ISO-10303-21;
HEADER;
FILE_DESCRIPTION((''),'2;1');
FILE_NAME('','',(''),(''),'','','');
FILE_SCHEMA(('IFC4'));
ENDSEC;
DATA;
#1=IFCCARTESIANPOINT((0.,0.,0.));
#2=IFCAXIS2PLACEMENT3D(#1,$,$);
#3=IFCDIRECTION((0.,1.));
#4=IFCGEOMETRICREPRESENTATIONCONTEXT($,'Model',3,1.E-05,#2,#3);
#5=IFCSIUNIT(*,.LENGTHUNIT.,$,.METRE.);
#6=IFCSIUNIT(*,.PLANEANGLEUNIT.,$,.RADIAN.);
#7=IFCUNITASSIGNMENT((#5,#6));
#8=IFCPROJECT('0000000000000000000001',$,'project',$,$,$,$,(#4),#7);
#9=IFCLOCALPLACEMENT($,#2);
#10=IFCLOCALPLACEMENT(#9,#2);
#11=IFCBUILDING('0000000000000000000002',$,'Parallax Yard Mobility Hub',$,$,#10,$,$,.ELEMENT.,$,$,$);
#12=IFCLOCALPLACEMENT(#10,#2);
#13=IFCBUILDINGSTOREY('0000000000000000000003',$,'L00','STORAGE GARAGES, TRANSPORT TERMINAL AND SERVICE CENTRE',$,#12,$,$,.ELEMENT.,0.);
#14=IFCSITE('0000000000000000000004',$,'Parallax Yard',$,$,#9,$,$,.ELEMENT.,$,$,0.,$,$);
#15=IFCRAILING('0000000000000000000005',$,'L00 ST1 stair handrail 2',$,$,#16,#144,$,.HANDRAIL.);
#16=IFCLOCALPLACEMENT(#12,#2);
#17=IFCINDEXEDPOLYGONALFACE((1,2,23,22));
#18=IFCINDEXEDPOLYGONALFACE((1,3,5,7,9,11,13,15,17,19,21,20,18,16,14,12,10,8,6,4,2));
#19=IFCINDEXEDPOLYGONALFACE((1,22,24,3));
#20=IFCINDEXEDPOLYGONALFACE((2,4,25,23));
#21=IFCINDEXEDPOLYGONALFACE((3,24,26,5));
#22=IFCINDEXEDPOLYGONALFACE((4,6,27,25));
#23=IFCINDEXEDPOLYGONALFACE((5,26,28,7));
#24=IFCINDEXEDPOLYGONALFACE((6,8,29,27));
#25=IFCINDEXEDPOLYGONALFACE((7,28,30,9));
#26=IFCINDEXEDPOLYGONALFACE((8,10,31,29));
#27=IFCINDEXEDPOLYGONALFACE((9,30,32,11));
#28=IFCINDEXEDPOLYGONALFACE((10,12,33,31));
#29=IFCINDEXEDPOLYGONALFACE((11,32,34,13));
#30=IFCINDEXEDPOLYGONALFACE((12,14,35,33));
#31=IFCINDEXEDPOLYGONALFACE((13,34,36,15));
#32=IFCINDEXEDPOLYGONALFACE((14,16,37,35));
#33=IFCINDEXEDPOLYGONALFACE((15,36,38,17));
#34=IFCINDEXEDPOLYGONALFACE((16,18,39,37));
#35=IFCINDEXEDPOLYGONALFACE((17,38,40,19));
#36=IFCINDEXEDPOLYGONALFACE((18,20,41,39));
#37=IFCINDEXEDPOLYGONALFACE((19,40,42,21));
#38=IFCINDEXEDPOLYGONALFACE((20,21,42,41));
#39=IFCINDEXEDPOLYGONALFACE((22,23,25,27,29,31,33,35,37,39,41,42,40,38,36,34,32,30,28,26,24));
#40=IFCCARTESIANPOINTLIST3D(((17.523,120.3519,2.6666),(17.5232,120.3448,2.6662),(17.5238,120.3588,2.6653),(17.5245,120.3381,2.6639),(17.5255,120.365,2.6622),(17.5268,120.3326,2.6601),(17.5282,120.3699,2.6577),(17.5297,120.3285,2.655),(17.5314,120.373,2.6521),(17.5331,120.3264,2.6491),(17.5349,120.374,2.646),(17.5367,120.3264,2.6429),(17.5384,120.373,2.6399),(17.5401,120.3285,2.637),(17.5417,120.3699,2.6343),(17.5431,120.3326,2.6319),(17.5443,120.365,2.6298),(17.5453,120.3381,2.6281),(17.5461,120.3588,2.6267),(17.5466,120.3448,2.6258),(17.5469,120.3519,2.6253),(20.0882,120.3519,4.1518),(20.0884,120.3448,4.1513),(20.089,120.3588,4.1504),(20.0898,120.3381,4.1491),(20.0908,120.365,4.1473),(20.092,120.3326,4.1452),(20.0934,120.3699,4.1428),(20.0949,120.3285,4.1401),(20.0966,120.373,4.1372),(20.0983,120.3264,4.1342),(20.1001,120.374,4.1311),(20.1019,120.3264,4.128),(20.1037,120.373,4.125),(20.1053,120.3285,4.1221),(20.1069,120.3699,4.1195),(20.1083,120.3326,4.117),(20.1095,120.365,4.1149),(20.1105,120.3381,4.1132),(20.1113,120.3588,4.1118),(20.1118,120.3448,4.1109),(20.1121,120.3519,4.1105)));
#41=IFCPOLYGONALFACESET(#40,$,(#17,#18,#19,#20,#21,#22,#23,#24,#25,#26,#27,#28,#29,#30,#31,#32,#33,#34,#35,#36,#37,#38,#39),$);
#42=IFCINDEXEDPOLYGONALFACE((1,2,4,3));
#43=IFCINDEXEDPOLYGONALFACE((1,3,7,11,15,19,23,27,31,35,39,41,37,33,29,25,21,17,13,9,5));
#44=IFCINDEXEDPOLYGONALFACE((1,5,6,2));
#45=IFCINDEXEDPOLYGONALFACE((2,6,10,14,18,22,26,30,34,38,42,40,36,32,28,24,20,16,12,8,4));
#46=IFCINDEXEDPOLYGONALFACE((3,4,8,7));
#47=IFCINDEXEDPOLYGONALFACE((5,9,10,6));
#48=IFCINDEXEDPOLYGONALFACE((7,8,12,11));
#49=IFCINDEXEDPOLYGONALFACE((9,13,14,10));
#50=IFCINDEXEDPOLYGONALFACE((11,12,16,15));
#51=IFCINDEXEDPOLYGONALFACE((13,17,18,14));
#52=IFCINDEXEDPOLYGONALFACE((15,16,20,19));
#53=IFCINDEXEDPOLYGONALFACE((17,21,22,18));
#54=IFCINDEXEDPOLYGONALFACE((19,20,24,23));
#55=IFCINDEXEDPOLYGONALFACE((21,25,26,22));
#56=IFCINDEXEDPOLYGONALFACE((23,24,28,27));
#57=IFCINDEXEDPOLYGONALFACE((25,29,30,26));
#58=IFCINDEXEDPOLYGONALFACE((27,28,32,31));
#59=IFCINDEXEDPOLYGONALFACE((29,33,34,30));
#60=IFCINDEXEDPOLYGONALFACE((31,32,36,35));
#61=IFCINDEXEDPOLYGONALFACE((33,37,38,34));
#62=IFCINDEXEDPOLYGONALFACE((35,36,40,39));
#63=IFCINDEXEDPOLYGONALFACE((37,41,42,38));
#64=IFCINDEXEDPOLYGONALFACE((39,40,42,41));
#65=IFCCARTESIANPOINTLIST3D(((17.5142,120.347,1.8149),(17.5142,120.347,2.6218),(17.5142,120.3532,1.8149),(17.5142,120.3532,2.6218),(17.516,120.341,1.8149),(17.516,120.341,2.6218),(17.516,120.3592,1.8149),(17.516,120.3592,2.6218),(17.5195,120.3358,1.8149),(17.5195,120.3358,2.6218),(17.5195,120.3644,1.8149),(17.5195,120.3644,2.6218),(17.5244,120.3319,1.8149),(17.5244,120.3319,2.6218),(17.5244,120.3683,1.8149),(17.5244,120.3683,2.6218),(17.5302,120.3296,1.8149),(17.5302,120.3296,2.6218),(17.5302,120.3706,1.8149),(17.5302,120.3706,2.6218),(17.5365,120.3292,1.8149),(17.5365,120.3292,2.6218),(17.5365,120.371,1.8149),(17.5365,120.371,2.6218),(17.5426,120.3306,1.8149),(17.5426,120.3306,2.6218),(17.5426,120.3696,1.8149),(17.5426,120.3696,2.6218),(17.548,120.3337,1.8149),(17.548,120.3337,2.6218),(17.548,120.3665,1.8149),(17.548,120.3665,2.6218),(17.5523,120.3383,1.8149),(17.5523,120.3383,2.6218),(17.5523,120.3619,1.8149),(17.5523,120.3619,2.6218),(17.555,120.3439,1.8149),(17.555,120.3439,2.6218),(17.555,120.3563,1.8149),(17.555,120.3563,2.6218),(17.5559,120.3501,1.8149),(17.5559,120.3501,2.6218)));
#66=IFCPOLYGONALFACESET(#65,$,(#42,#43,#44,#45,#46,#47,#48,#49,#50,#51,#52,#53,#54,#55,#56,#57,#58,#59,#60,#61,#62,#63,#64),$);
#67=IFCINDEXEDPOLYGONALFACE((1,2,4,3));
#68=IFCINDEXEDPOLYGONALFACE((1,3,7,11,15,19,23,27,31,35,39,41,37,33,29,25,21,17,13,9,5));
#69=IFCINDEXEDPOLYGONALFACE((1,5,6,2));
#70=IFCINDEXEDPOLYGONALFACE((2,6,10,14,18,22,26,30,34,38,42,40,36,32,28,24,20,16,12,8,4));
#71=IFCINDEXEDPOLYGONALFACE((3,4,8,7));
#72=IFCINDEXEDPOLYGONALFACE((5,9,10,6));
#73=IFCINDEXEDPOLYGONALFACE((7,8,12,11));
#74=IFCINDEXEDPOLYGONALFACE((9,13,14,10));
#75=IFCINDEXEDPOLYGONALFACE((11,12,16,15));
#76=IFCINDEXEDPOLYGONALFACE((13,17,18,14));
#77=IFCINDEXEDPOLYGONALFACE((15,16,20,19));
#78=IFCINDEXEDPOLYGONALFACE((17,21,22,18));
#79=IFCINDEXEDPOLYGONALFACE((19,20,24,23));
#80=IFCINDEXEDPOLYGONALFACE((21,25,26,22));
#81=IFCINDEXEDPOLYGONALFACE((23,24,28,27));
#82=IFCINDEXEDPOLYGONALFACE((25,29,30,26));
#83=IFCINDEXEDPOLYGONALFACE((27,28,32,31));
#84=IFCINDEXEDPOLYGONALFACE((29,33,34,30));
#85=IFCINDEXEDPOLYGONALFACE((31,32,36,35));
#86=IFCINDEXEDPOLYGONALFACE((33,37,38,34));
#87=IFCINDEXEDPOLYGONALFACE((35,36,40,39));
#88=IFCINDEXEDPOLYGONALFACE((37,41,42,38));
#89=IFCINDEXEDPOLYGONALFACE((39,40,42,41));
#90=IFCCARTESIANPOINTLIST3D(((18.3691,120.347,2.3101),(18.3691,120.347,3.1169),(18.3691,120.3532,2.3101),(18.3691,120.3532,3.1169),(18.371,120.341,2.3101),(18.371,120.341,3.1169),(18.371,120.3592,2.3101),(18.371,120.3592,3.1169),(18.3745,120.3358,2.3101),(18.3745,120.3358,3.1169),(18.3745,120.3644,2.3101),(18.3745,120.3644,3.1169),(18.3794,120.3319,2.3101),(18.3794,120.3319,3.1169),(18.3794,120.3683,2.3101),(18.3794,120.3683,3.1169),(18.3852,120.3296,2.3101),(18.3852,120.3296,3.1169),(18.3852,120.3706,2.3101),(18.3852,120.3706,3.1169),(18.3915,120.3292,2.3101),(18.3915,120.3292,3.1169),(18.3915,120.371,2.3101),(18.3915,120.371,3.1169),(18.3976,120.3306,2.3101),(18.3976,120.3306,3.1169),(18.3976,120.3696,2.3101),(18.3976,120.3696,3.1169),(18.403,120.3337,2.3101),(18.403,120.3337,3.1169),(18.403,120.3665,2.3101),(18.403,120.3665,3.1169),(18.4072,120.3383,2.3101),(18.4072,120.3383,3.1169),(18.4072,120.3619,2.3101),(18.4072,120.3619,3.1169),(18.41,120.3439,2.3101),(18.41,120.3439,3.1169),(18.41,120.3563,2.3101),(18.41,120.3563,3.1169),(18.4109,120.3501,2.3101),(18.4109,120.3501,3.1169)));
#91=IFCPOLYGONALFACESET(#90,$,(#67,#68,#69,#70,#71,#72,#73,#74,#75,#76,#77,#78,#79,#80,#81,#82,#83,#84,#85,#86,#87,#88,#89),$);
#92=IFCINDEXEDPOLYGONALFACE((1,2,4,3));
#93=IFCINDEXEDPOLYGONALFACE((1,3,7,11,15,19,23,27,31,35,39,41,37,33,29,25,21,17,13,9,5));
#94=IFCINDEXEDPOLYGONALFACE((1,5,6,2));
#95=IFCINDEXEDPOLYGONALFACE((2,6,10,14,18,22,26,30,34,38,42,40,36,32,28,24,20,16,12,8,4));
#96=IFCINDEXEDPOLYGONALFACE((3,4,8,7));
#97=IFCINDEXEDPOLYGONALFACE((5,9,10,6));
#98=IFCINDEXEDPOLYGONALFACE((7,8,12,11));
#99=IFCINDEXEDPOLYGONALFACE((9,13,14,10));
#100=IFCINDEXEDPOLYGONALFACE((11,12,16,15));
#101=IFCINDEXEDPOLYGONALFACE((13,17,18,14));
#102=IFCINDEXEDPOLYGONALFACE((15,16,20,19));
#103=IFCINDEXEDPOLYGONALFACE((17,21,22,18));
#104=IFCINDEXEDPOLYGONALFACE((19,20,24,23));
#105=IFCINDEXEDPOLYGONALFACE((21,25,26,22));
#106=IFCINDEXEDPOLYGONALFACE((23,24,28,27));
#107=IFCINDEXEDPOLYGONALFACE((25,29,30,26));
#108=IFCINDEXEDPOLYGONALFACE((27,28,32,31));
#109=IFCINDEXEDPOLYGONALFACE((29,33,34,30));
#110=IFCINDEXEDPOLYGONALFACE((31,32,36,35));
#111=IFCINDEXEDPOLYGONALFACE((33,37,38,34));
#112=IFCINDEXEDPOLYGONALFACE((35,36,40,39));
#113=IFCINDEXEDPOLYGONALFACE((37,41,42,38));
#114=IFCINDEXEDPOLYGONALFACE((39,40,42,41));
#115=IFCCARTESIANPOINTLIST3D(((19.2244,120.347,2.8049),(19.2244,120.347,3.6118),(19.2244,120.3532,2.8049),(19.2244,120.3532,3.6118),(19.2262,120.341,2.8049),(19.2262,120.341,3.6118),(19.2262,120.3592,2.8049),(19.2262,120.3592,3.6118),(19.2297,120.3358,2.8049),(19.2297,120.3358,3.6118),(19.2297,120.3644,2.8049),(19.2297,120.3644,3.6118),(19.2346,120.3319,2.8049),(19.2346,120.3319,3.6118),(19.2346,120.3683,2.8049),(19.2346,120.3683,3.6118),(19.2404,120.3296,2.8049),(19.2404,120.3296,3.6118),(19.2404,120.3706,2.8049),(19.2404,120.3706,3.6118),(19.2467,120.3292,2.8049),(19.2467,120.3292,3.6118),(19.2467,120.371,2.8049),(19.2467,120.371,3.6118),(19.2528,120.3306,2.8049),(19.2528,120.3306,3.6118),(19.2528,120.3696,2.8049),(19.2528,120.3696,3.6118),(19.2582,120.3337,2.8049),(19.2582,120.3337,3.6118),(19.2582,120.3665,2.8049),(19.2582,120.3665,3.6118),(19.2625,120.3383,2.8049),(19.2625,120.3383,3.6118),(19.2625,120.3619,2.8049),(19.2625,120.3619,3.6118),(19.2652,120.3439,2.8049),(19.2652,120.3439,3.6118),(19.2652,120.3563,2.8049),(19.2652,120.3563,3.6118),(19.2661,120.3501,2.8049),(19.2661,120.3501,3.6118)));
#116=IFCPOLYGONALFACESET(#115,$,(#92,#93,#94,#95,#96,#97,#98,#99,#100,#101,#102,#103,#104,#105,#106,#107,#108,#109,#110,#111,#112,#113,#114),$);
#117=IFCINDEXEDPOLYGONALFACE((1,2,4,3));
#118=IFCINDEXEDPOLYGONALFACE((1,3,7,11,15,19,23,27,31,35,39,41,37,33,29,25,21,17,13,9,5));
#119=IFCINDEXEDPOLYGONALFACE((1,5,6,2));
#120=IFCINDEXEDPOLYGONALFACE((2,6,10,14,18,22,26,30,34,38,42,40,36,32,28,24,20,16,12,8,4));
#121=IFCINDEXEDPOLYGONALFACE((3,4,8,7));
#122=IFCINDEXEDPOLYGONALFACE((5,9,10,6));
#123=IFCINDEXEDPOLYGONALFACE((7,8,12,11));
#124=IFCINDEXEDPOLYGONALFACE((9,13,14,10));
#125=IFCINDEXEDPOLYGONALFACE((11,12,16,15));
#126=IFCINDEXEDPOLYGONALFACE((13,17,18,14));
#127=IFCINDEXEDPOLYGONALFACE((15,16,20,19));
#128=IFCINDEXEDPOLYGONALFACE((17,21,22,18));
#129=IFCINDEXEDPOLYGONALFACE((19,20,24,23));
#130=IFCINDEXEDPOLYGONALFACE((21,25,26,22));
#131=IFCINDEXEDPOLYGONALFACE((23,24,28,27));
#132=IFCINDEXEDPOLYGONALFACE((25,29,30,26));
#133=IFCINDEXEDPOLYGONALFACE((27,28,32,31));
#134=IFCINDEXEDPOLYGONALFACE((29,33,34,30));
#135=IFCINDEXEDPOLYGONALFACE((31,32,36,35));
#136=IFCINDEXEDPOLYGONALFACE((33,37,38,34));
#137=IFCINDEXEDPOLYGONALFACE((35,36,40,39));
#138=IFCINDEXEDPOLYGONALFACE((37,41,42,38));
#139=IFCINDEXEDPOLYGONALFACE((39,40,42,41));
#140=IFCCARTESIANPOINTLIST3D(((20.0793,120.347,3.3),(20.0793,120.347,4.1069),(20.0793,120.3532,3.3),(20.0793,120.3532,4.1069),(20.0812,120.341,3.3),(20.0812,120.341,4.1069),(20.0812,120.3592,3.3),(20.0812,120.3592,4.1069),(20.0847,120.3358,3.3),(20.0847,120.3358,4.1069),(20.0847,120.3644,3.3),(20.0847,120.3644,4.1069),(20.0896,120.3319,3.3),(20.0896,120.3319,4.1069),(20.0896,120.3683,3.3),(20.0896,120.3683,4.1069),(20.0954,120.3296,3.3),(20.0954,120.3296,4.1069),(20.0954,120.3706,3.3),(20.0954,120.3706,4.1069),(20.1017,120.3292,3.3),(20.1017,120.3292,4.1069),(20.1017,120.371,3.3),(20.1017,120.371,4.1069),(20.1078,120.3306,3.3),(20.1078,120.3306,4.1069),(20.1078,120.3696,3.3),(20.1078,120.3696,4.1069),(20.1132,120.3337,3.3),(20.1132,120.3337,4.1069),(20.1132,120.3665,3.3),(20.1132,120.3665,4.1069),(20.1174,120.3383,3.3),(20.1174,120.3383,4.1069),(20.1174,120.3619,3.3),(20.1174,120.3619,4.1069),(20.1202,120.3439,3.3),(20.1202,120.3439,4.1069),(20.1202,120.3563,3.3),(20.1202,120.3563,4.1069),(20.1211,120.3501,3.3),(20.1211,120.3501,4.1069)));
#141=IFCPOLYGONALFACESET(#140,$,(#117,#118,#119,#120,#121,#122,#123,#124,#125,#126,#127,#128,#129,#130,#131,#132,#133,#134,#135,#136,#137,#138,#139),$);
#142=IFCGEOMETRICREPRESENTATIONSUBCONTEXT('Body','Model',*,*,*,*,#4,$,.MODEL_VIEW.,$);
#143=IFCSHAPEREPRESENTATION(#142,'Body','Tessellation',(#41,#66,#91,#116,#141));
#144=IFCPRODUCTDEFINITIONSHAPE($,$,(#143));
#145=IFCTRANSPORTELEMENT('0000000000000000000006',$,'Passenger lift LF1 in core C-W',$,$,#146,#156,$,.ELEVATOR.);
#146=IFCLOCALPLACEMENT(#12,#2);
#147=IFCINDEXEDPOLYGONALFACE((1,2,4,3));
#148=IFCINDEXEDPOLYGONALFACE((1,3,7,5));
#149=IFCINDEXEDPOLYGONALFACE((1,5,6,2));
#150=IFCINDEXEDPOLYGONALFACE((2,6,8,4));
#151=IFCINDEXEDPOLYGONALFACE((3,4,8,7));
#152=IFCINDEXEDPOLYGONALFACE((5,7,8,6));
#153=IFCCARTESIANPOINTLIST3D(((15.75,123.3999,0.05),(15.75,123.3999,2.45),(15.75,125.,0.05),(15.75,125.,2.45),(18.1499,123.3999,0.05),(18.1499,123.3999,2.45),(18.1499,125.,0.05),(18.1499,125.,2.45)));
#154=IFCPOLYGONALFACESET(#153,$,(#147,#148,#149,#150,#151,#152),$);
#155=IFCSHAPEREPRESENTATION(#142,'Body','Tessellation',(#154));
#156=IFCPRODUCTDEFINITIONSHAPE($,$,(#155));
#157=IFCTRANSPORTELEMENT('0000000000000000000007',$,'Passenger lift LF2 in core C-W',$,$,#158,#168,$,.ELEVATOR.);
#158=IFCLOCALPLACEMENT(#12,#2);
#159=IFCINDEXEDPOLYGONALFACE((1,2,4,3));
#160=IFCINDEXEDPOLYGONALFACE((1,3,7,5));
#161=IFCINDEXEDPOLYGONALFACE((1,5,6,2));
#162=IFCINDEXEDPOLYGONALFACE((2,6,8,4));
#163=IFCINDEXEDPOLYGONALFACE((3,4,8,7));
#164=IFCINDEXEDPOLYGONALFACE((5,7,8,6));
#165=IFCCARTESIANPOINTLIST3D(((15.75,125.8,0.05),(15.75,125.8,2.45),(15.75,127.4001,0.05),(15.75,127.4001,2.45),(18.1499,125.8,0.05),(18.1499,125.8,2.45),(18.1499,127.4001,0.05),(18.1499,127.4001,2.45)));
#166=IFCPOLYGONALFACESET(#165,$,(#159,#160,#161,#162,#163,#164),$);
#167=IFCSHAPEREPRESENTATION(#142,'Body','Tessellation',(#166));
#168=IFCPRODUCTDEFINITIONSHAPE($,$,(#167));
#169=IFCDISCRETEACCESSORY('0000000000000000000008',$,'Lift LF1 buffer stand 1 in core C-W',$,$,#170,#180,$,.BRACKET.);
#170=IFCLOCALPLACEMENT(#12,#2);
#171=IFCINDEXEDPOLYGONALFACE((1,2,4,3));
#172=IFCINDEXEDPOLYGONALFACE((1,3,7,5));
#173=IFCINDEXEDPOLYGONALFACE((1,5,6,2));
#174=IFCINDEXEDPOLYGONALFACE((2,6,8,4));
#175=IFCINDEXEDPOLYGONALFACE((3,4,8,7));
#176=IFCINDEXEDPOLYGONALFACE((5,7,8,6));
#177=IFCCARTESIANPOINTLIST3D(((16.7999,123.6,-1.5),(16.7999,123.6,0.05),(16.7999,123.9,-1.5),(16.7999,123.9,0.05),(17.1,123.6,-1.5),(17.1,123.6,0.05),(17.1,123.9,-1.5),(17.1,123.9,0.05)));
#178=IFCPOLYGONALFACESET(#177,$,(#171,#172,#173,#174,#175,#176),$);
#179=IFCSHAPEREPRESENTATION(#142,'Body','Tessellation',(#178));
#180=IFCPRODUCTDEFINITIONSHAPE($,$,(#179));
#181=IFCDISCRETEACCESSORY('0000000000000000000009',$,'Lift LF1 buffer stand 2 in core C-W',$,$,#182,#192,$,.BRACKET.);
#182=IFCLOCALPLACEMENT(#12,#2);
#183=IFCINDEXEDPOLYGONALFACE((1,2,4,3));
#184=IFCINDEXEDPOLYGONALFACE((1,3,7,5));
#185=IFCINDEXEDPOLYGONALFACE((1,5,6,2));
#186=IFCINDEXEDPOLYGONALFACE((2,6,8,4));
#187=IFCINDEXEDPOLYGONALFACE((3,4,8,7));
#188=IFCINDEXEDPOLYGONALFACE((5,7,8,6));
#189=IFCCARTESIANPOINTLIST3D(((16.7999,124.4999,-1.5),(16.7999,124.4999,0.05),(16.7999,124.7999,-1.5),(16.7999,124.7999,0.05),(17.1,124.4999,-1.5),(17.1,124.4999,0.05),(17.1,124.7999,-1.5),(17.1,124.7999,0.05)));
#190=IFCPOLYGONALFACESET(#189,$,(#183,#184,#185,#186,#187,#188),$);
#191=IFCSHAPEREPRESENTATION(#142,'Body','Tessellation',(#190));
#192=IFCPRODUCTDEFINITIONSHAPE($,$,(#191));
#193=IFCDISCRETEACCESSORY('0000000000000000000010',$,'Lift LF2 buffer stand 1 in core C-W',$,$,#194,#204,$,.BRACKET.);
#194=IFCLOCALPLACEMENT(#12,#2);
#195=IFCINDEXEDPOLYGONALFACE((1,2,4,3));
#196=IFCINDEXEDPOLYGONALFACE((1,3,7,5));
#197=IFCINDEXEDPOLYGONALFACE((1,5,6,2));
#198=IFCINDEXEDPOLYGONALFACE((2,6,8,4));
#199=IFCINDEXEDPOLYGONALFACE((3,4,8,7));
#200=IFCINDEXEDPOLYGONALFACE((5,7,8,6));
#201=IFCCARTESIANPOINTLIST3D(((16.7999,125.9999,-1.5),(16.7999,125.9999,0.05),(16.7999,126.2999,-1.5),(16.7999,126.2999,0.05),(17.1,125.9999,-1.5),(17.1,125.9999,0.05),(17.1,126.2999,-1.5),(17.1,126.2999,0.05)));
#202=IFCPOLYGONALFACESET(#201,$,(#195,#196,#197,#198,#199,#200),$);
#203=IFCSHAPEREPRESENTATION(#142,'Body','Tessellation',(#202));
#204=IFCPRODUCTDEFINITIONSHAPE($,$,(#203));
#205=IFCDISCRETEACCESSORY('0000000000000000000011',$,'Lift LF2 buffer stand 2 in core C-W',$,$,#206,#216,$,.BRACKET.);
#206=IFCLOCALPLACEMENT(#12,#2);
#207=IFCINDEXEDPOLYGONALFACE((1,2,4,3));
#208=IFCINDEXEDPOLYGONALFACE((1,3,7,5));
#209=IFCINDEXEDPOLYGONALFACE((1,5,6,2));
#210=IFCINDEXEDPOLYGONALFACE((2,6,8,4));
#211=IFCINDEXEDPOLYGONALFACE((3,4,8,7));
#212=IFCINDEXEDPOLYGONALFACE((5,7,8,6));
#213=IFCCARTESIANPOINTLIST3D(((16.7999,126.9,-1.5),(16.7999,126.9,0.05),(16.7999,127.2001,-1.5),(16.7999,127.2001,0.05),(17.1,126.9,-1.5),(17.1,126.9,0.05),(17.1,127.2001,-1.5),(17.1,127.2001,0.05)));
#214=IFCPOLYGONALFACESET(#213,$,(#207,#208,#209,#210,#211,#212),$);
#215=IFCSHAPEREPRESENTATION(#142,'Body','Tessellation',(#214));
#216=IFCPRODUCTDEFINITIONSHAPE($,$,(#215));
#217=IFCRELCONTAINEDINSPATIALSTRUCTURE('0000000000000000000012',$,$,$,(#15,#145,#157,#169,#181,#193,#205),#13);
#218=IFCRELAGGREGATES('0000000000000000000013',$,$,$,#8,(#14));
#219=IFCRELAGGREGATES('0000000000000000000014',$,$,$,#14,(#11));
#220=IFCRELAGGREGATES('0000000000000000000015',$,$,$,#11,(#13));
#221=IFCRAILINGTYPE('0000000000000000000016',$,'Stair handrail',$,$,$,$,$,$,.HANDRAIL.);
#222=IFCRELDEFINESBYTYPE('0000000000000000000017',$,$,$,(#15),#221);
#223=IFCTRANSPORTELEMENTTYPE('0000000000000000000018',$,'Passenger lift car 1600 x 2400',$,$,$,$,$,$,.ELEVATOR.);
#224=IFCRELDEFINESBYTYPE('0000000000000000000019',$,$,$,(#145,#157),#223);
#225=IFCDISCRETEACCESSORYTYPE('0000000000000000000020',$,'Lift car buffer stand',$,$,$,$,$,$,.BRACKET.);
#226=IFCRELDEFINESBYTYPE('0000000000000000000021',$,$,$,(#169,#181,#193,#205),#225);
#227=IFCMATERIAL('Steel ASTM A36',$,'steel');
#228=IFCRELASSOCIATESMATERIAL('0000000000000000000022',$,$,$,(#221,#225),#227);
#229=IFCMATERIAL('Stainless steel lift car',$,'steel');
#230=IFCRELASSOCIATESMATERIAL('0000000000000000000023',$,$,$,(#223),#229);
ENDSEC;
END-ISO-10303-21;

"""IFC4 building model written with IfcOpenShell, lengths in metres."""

from ifc_helpers import new_model, si_unit, direction, frame, origin, origin_2d, place, context, subcontext, project, spatial, rectangle, circle, extrude, material, type_object, element, save


model = new_model("IFC4")

# Units and contexts
model_context = context("Model", 3, precision=1e-05, world=origin(), true_north=direction((0.0, 1.0)))
body_context = subcontext(model_context, "Body", "Model", "MODEL_VIEW")
ifc_project = project(units=[si_unit("LENGTHUNIT", "METRE"), si_unit("PLANEANGLEUNIT", "RADIAN")], contexts=[model_context])

# Site, building, storey
site_placement = place(None, origin())
site = spatial("IfcSite", under=ifc_project, at=site_placement, Name="Parallax Yard", CompositionType="ELEMENT", RefElevation=0.0)
building_placement = place(site_placement, origin())
building = spatial("IfcBuilding", under=site, at=building_placement, Name="Parallax Yard Mobility Hub", CompositionType="ELEMENT")
storey_placement = place(building_placement, origin())
storey = spatial("IfcBuildingStorey", under=building, at=storey_placement, Name="L00", Description="STORAGE GARAGES, TRANSPORT TERMINAL AND SERVICE CENTRE", CompositionType="ELEMENT", Elevation=0.0)

# Railing
ifc_material_1 = material(Name="Steel ASTM A36", Category="steel")
railing_type_1 = type_object("IfcRailingType", Name="Stair handrail", PredefinedType="HANDRAIL", material=ifc_material_1)
railing_1_placement = place(storey_placement, frame((17.5349, 120.3501, 1.8149)))
element("IfcRailing", 1, at=railing_1_placement, inside=storey, type_object=railing_type_1, Name="L00 ST1 stair handrail 2", PredefinedType="HANDRAIL", context=body_context, shape_type="SweptSolid", body=[
    extrude(circle(Radius=0.0239, at=origin_2d()), frame((0.0, 0.0, 0.8311), z_axis=(0.865426, 0.0, 0.501036), x_axis=(0.0, 1.0, 0.0)), (0.0, 0.0, 1.0), 2.9641),
    extrude(circle(Radius=0.021, at=origin_2d()), origin(), (0.0, 0.0, 1.0), 0.8069),
    extrude(circle(Radius=0.021, at=origin_2d()), frame((0.855, 0.0, 0.4951)), (0.0, 0.0, 1.0), 0.8069),
    extrude(circle(Radius=0.021, at=origin_2d()), frame((1.7102, 0.0, 0.99)), (0.0, 0.0, 1.0), 0.8069),
    extrude(circle(Radius=0.021, at=origin_2d()), frame((2.5652, 0.0, 1.4851)), (0.0, 0.0, 1.0), 0.8069),
])

# Transport elements
ifc_material_2 = material(Name="Stainless steel lift car", Category="steel")
transport_element_type = type_object("IfcTransportElementType", Name="Passenger lift car 1600 x 2400", PredefinedType="ELEVATOR", material=ifc_material_2)
for number, where, z_axis, x_axis, name in (
    (2, (16.95, 124.2, 0.05), (0.0, 0.0, 1.0), (0.0, 1.0, 0.0), "Passenger lift LF1 in core C-W"),
    (3, (16.95, 126.6001, 0.05), (0.0, 0.0, 1.0), (0.0, 1.0, 0.0), "Passenger lift LF2 in core C-W"),
):
    element("IfcTransportElement", number, at=place(storey_placement, frame(where, z_axis=z_axis, x_axis=x_axis)), inside=storey, type_object=transport_element_type, Name=name, PredefinedType="ELEVATOR", context=body_context, shape_type="SweptSolid", body=[
        extrude(rectangle(XDim=1.6001, YDim=2.3999, at=origin_2d()), origin(), (0.0, 0.0, 1.0), 2.3999),
    ])

# Discrete accessories
discrete_accessory_type = type_object("IfcDiscreteAccessoryType", Name="Lift car buffer stand", PredefinedType="BRACKET", material=ifc_material_1)
for number, where, z_axis, x_axis, name in (
    (4, (16.95, 123.75, -1.5), (0.0, 0.0, 1.0), (0.0, 1.0, 0.0), "Lift LF1 buffer stand 1 in core C-W"),
    (5, (16.95, 124.6499, -1.5), (0.0, 0.0, 1.0), (0.0, 1.0, 0.0), "Lift LF1 buffer stand 2 in core C-W"),
    (6, (16.95, 126.1499, -1.5), (0.0, 0.0, 1.0), (0.0, 1.0, 0.0), "Lift LF2 buffer stand 1 in core C-W"),
    (7, (16.95, 127.05, -1.5), (0.0, 0.0, 1.0), (0.0, 1.0, 0.0), "Lift LF2 buffer stand 2 in core C-W"),
):
    element("IfcDiscreteAccessory", number, at=place(storey_placement, frame(where, z_axis=z_axis, x_axis=x_axis)), inside=storey, type_object=discrete_accessory_type, Name=name, PredefinedType="BRACKET", context=body_context, shape_type="SweptSolid", body=[
        extrude(rectangle(XDim=0.3, YDim=0.3, at=origin_2d()), origin(), (0.0, 0.0, 1.0), 1.55),
    ])

save(model, "model.ifc")
